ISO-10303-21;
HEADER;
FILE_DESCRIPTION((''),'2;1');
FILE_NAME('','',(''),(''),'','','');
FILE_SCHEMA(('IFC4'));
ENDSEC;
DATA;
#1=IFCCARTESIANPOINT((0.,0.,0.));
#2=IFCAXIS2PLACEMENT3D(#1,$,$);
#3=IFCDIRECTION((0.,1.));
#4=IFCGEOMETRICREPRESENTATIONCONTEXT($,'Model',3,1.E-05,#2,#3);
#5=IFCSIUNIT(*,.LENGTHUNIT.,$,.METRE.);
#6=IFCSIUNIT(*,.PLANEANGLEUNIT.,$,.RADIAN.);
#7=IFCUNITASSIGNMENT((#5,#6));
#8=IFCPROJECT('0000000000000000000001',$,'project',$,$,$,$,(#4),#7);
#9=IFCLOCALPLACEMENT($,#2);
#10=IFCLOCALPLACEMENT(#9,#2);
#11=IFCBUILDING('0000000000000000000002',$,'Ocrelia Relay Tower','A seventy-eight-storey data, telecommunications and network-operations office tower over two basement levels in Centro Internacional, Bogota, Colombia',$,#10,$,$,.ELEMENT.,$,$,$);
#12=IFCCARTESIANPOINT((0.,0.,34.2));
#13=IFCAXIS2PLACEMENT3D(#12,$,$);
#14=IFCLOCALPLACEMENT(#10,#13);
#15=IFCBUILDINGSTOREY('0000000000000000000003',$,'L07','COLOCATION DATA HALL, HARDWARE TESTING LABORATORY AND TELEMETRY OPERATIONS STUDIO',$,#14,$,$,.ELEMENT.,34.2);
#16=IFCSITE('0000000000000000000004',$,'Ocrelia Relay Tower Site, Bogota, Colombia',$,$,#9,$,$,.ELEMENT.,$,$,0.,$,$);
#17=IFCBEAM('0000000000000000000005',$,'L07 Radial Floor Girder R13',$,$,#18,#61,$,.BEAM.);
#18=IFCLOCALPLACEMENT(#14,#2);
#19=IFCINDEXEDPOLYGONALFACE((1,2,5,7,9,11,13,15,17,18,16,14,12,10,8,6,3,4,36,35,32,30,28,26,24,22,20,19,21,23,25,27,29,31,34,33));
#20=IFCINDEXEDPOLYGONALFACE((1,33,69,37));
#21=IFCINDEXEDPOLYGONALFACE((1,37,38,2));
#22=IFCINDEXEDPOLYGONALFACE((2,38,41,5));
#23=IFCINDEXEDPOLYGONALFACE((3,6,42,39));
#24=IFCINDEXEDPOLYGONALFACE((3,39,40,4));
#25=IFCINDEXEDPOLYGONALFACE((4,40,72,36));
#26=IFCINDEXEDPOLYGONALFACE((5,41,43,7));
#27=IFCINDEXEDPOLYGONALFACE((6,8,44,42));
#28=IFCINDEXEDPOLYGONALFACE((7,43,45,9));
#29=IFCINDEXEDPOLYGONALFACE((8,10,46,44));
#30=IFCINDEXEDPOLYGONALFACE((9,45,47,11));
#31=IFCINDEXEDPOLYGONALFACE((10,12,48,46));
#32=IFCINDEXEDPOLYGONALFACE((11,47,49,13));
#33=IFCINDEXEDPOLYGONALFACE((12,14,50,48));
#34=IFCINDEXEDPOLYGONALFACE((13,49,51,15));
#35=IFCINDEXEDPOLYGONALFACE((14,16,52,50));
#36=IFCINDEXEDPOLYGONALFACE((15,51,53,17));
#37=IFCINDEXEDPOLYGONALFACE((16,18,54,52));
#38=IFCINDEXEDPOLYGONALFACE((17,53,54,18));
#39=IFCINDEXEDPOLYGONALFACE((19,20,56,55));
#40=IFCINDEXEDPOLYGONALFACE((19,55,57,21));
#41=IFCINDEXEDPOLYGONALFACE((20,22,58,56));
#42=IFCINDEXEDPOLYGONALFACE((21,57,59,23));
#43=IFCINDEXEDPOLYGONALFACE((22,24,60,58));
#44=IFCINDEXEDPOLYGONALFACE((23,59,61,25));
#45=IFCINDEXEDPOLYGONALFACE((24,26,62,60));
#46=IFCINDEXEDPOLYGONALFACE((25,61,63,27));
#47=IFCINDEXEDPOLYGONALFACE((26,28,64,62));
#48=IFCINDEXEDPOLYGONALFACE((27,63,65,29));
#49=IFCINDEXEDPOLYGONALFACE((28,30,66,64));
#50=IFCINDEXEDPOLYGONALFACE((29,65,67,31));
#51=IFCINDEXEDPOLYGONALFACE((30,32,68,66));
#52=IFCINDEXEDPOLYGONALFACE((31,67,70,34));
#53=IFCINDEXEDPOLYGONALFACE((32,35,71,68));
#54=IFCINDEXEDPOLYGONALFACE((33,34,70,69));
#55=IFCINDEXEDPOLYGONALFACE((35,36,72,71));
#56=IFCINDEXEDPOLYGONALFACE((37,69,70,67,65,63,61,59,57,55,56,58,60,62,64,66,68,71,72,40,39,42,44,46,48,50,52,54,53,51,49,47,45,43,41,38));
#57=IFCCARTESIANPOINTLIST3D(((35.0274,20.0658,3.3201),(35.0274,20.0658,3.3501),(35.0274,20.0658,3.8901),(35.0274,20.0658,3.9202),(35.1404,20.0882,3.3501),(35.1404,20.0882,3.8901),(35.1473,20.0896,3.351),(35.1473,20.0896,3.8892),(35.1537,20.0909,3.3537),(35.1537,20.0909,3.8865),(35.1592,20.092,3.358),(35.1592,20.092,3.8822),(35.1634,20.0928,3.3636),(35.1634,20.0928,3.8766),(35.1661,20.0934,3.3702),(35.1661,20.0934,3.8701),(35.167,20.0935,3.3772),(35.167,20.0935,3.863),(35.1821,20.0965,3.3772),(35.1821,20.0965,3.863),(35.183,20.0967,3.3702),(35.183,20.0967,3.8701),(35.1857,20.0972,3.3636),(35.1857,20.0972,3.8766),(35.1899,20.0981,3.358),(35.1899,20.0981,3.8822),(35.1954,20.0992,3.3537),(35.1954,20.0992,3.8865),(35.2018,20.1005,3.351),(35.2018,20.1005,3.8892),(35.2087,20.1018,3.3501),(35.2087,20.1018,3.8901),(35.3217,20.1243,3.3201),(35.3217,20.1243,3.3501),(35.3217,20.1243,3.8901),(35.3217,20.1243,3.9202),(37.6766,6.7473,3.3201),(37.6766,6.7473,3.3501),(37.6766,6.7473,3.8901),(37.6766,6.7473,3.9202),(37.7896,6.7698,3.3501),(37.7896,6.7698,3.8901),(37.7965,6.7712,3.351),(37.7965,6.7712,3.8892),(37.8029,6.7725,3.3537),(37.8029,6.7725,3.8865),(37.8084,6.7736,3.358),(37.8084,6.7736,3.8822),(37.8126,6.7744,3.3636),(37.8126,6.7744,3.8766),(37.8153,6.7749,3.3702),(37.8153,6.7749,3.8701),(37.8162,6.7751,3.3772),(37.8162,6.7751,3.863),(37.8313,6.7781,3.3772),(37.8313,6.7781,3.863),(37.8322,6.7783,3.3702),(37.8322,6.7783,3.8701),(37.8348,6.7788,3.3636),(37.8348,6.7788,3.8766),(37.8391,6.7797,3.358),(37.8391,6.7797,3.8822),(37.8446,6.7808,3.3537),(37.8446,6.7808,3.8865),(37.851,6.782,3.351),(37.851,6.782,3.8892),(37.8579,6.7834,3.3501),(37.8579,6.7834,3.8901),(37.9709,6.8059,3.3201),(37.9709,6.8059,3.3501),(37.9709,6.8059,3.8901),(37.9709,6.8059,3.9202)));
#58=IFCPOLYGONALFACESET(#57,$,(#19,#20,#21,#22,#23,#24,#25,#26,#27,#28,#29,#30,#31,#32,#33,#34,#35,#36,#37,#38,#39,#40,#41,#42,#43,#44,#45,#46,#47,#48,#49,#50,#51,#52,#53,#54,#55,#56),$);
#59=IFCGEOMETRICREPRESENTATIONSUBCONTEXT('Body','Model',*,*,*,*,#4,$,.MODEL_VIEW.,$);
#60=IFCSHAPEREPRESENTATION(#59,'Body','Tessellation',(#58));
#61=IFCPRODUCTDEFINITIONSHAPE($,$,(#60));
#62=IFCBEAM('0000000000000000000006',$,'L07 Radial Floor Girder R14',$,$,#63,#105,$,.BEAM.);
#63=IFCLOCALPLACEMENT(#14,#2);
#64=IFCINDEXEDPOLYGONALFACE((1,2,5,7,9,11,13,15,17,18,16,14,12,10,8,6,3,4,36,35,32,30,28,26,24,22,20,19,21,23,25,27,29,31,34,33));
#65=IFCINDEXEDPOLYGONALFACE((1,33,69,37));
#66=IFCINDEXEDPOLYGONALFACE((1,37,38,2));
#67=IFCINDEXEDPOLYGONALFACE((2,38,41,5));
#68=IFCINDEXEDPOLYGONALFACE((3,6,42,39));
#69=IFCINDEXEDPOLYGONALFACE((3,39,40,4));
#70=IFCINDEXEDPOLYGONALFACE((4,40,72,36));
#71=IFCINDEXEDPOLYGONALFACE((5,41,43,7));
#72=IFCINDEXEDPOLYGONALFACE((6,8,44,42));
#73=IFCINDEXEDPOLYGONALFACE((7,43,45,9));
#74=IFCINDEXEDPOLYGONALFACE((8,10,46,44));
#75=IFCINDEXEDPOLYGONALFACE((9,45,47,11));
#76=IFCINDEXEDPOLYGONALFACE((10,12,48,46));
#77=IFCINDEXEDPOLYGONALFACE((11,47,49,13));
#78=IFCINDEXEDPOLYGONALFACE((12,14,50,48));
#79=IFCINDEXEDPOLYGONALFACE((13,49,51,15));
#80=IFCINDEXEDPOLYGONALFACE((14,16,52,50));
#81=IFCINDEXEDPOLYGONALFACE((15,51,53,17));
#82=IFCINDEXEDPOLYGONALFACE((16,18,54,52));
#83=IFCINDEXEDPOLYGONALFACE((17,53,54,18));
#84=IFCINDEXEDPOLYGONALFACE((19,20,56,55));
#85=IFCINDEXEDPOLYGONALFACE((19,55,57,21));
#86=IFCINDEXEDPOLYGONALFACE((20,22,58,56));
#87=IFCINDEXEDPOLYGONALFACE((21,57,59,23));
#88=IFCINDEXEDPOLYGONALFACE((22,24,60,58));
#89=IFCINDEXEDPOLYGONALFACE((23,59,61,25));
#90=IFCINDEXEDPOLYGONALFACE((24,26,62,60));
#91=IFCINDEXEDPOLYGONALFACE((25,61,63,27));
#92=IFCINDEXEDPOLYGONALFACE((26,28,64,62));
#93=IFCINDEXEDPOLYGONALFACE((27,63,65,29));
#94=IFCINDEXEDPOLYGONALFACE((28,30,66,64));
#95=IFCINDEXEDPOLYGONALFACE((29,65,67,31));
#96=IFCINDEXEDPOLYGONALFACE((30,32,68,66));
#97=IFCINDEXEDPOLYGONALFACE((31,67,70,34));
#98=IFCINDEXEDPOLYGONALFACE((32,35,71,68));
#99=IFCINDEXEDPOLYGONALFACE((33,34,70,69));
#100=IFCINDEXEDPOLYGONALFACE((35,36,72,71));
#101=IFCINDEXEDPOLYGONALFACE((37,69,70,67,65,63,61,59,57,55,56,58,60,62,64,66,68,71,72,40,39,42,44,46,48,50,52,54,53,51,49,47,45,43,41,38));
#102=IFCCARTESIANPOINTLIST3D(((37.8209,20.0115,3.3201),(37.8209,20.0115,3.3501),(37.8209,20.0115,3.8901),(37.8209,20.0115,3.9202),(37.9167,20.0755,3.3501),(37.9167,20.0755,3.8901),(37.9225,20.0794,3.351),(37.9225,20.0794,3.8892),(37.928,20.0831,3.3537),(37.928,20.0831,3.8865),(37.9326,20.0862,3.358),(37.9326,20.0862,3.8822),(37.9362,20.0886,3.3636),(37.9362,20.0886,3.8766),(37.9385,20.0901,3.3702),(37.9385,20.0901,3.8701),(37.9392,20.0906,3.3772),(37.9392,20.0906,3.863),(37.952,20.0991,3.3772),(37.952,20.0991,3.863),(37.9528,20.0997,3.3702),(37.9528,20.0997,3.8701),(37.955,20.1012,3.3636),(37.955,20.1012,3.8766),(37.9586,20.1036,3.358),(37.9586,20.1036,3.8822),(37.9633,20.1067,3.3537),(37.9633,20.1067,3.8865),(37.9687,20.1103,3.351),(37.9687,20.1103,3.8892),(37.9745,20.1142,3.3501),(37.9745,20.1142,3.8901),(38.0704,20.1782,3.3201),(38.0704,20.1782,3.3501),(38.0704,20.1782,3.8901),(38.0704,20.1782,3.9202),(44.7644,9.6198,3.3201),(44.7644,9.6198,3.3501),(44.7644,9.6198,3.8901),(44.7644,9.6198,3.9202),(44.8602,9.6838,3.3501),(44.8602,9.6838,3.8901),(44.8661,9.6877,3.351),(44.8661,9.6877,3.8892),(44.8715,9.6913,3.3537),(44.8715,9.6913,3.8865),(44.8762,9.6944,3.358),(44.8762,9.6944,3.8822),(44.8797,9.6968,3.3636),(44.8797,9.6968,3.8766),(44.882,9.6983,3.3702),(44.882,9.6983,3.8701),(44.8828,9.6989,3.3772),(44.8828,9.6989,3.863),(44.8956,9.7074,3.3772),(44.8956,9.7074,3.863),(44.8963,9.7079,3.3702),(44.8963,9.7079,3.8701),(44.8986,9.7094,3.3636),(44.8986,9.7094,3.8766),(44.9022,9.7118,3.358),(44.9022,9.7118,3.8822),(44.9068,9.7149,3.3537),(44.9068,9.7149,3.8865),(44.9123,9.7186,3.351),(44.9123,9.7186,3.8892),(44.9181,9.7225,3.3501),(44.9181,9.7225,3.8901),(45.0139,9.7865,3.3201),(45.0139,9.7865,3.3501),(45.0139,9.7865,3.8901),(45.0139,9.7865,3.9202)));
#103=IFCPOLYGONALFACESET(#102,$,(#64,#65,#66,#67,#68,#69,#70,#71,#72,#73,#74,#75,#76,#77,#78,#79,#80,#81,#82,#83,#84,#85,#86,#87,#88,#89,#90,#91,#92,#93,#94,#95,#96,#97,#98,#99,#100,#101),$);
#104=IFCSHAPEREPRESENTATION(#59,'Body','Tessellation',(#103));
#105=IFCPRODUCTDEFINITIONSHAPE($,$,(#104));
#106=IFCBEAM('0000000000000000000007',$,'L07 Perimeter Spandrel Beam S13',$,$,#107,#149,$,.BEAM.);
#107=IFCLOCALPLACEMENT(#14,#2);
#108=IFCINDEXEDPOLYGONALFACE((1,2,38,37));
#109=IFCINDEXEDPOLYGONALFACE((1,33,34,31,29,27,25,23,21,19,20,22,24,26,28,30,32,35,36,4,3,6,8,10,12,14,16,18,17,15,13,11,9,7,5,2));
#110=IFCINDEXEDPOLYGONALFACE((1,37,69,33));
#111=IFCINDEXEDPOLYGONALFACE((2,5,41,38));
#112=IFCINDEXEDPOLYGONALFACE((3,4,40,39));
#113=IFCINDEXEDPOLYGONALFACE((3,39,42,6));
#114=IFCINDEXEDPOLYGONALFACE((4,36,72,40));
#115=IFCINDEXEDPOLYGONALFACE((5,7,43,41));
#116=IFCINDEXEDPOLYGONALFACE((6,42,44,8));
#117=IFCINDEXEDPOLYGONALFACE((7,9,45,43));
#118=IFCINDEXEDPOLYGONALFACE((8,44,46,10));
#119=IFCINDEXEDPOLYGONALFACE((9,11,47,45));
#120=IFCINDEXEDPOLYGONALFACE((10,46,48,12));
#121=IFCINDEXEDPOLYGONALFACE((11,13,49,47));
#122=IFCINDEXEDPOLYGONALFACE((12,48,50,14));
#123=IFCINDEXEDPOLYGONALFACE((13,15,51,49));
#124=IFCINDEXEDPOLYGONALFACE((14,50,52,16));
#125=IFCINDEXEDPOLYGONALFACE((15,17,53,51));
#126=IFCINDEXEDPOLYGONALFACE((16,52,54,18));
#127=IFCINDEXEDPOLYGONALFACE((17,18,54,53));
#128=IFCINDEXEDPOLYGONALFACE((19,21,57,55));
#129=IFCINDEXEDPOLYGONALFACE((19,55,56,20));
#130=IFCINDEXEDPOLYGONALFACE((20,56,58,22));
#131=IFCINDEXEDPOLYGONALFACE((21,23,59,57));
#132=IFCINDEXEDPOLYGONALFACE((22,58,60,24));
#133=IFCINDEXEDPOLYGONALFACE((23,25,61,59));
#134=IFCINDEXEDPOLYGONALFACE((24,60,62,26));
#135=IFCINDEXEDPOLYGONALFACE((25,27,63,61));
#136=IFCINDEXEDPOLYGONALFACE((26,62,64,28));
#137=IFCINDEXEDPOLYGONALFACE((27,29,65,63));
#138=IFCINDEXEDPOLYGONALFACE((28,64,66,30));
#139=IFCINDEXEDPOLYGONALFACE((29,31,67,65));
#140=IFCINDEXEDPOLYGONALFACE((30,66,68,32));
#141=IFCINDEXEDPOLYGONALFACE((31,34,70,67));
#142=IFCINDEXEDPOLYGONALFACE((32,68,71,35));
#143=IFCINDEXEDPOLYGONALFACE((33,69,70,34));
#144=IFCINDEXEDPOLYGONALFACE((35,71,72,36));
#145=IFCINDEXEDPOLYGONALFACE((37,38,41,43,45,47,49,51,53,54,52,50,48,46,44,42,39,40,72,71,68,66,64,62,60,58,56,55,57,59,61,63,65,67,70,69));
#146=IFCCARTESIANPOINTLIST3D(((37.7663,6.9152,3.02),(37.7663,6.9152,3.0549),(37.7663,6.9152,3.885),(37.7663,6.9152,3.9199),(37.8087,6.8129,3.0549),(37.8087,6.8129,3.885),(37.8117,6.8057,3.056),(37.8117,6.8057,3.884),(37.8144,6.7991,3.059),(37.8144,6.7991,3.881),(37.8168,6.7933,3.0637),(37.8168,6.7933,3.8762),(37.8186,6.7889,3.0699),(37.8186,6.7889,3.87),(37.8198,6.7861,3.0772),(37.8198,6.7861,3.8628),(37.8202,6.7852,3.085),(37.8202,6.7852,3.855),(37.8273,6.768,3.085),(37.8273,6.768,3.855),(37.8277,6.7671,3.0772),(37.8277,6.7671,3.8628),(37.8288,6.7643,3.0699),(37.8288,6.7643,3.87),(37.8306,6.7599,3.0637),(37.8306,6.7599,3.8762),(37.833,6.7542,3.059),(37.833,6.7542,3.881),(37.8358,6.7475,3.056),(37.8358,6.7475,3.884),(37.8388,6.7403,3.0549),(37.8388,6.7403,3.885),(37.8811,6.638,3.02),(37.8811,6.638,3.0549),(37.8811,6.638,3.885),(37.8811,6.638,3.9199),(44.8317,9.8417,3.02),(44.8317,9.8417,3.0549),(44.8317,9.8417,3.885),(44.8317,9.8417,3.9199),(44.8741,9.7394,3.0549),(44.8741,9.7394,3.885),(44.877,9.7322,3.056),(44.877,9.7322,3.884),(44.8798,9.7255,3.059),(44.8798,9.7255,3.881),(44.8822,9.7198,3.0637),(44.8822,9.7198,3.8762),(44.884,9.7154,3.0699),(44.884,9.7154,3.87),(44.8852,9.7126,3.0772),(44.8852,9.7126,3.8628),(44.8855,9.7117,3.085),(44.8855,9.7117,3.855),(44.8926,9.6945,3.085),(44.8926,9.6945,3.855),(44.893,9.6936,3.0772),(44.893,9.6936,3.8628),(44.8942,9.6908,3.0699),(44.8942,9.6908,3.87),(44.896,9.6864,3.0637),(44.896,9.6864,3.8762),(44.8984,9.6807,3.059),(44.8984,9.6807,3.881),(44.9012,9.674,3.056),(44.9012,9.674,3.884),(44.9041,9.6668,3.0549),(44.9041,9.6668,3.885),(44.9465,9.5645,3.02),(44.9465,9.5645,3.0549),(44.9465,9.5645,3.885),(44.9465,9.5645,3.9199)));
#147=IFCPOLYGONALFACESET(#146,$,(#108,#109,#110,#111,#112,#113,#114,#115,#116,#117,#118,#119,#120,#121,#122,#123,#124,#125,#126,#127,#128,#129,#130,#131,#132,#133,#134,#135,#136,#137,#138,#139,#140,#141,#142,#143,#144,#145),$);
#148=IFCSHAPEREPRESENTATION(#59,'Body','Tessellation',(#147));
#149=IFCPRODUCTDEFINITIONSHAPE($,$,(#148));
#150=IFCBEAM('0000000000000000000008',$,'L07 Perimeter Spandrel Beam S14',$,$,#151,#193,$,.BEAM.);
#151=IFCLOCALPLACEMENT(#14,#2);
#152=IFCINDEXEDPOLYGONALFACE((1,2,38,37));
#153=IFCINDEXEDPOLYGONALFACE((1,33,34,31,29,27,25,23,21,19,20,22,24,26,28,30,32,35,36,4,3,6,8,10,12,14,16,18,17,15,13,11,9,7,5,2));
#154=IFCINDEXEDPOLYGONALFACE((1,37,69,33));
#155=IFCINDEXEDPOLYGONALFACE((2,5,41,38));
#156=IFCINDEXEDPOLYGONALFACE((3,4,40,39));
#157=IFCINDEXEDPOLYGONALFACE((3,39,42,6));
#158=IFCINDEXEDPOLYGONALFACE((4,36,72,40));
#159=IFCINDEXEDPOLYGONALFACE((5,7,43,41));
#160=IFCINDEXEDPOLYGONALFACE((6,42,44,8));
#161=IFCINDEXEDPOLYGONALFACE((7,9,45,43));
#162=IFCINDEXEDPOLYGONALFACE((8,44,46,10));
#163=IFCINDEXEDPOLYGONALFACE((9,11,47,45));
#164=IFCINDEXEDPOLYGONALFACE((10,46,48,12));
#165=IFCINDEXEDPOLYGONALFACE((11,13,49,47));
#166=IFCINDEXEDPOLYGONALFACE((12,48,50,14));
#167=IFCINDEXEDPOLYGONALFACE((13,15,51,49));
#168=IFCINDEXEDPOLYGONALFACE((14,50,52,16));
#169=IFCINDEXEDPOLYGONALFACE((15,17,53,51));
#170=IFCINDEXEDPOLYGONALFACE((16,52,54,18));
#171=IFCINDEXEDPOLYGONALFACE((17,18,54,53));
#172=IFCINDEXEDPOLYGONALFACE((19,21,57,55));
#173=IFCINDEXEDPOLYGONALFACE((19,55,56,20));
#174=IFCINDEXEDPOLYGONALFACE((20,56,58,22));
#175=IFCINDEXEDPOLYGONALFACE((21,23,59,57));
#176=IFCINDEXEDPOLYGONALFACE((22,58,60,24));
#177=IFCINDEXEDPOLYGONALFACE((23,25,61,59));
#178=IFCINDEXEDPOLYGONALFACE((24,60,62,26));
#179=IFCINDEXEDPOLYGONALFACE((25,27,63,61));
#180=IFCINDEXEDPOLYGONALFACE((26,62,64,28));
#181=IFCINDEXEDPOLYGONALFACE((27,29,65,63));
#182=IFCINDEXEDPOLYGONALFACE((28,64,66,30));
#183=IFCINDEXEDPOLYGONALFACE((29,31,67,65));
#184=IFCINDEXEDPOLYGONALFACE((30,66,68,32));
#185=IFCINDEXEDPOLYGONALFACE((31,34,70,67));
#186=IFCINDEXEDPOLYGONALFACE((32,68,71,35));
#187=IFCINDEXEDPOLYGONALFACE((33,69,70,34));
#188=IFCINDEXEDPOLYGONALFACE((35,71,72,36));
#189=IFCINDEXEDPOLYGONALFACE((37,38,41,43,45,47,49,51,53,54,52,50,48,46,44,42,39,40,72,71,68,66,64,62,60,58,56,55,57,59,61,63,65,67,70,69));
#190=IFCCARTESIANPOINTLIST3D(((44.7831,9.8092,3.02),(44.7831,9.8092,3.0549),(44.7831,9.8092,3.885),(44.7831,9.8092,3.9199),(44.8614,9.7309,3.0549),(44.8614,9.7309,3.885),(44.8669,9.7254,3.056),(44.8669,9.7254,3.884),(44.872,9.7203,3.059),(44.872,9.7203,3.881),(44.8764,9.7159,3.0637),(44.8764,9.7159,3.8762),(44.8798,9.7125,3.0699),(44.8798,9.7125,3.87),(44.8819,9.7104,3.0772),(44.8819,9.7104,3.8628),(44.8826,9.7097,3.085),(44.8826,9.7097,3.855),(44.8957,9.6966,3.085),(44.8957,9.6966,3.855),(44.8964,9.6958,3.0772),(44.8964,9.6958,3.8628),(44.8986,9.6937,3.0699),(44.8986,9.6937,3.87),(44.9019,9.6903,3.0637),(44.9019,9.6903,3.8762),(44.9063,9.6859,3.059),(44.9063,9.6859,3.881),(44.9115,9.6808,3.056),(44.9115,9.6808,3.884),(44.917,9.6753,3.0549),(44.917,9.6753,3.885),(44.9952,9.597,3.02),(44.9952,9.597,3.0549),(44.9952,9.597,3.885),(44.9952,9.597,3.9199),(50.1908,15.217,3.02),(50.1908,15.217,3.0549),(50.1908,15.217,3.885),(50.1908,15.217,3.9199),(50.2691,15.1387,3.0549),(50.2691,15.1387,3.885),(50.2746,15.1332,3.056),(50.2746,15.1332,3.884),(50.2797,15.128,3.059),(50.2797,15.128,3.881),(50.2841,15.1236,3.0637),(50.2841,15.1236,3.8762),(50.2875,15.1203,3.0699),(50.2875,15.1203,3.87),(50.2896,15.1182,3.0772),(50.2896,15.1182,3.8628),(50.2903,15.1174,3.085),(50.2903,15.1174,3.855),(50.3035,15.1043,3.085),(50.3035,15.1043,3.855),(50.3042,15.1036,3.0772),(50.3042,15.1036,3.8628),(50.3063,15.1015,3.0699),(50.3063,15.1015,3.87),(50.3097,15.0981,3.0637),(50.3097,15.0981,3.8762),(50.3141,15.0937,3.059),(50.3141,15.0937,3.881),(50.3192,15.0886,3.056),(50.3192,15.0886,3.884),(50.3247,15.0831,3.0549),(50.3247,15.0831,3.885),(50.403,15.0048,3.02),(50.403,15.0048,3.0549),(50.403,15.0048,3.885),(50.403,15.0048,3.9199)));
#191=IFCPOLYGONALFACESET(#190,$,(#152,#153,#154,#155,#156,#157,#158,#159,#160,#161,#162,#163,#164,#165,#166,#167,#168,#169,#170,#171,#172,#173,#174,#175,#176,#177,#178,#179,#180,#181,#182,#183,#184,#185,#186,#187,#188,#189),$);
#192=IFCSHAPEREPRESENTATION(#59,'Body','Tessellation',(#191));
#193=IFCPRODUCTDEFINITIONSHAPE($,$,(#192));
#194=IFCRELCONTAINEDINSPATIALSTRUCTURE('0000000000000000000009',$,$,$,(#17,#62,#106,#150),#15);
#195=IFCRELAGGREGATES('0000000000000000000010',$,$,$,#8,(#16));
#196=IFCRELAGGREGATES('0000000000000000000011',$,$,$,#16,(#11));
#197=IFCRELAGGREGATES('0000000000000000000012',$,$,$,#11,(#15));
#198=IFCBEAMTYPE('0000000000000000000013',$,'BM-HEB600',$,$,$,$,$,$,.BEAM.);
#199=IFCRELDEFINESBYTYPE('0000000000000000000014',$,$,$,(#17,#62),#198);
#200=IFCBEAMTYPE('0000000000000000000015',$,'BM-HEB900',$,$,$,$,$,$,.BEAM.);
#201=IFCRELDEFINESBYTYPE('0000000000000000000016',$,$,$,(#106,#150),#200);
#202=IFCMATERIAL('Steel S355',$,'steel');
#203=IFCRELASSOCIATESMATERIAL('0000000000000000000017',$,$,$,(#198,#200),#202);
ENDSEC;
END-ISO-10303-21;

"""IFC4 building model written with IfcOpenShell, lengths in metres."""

from ifc_helpers import new_model, si_unit, direction, frame, origin, origin_2d, place, context, subcontext, project, spatial, i_section, extrude, material, material_profile, profile_set, type_object, element, save


model = new_model("IFC4")

# Units and contexts
model_context = context("Model", 3, precision=1e-05, world=origin(), true_north=direction((0.0, 1.0)))
body_context = subcontext(model_context, "Body", "Model", "MODEL_VIEW")
ifc_project = project(units=[si_unit("LENGTHUNIT", "METRE"), si_unit("PLANEANGLEUNIT", "RADIAN")], contexts=[model_context])

# Site, building, storey
site_placement = place(None, origin())
site = spatial("IfcSite", under=ifc_project, at=site_placement, Name="Ocrelia Relay Tower Site, Bogota, Colombia", CompositionType="ELEMENT", RefElevation=0.0)
building_placement = place(site_placement, origin())
building = spatial("IfcBuilding", under=site, at=building_placement, Name="Ocrelia Relay Tower", Description="A seventy-eight-storey data, telecommunications and network-operations office tower over two basement levels in Centro Internacional, Bogota, Colombia", CompositionType="ELEMENT")
storey_placement = place(building_placement, frame((0.0, 0.0, 34.2)))
storey = spatial("IfcBuildingStorey", under=building, at=storey_placement, Name="L07", Description="COLOCATION DATA HALL, HARDWARE TESTING LABORATORY AND TELEMETRY OPERATIONS STUDIO", CompositionType="ELEMENT", Elevation=34.2)

# Beams
ifc_material_1 = material(Name="Steel S355", Category="steel")
ifc_material_profile_1 = material_profile(ifc_material_1, i_section(OverallWidth=0.3, OverallDepth=0.6001, WebThickness=0.0154, FlangeThickness=0.03, FilletRadius=0.0271, at=origin_2d()), Name="HEB 600")
ifc_profile_set_1 = profile_set([ifc_material_profile_1], Name="Steel S355")
beam_type_1 = type_object("IfcBeamType", Name="BM-HEB600", PredefinedType="BEAM", material=ifc_profile_set_1)
beam_1_placement = place(storey_placement, frame((37.8237, 6.7766, 3.6201), z_axis=(-0.195089, 0.980786, 0.0), x_axis=(-0.980786, -0.195089, 0.0)))
element("IfcBeam", 1, at=beam_1_placement, inside=storey, type_object=beam_type_1, Name="L07 Radial Floor Girder R13", PredefinedType="BEAM", context=body_context, shape_type="SweptSolid", body=[
    extrude(i_section(OverallWidth=0.3, OverallDepth=0.6001, WebThickness=0.0154, FlangeThickness=0.03, FilletRadius=0.0271, at=origin_2d()), origin(), (0.0, 0.0, 1.0), 13.5793),
])
beam_2_placement = place(storey_placement, frame((44.8892, 9.7031, 3.6201), z_axis=(-0.55557, 0.83147, 0.0), x_axis=(-0.83147, -0.55557, 0.0)))
element("IfcBeam", 2, at=beam_2_placement, inside=storey, type_object=beam_type_1, Name="L07 Radial Floor Girder R14", PredefinedType="BEAM", context=body_context, shape_type="SweptSolid", body=[
    extrude(i_section(OverallWidth=0.3, OverallDepth=0.6001, WebThickness=0.0154, FlangeThickness=0.03, FilletRadius=0.0271, at=origin_2d()), origin(), (0.0, 0.0, 1.0), 12.498),
])
ifc_material_profile_2 = material_profile(ifc_material_1, i_section(OverallWidth=0.3, OverallDepth=0.8999, WebThickness=0.0186, FlangeThickness=0.0349, FilletRadius=0.03, at=origin_2d()), Name="HEB 900")
ifc_profile_set_2 = profile_set([ifc_material_profile_2], Name="Steel S355")
beam_type_2 = type_object("IfcBeamType", Name="BM-HEB900", PredefinedType="BEAM", material=ifc_profile_set_2)
beam_3_placement = place(storey_placement, frame((37.8237, 6.7766, 3.47), z_axis=(0.923883, 0.382674, 0.0), x_axis=(-0.382674, 0.923883, 0.0)))
element("IfcBeam", 3, at=beam_3_placement, inside=storey, type_object=beam_type_2, Name="L07 Perimeter Spandrel Beam S13", PredefinedType="BEAM", context=body_context, shape_type="SweptSolid", body=[
    extrude(i_section(OverallWidth=0.3, OverallDepth=0.8999, WebThickness=0.0186, FlangeThickness=0.0349, FilletRadius=0.03, at=origin_2d()), origin(), (0.0, 0.0, 1.0), 7.6475),
])
beam_4_placement = place(storey_placement, frame((44.8892, 9.7031, 3.47), z_axis=(0.707107, 0.707107, 0.0), x_axis=(-0.707107, 0.707107, 0.0)))
element("IfcBeam", 4, at=beam_4_placement, inside=storey, type_object=beam_type_2, Name="L07 Perimeter Spandrel Beam S14", PredefinedType="BEAM", context=body_context, shape_type="SweptSolid", body=[
    extrude(i_section(OverallWidth=0.3, OverallDepth=0.8999, WebThickness=0.0186, FlangeThickness=0.0349, FilletRadius=0.03, at=origin_2d()), origin(), (0.0, 0.0, 1.0), 7.6477),
])

save(model, "model.ifc")
